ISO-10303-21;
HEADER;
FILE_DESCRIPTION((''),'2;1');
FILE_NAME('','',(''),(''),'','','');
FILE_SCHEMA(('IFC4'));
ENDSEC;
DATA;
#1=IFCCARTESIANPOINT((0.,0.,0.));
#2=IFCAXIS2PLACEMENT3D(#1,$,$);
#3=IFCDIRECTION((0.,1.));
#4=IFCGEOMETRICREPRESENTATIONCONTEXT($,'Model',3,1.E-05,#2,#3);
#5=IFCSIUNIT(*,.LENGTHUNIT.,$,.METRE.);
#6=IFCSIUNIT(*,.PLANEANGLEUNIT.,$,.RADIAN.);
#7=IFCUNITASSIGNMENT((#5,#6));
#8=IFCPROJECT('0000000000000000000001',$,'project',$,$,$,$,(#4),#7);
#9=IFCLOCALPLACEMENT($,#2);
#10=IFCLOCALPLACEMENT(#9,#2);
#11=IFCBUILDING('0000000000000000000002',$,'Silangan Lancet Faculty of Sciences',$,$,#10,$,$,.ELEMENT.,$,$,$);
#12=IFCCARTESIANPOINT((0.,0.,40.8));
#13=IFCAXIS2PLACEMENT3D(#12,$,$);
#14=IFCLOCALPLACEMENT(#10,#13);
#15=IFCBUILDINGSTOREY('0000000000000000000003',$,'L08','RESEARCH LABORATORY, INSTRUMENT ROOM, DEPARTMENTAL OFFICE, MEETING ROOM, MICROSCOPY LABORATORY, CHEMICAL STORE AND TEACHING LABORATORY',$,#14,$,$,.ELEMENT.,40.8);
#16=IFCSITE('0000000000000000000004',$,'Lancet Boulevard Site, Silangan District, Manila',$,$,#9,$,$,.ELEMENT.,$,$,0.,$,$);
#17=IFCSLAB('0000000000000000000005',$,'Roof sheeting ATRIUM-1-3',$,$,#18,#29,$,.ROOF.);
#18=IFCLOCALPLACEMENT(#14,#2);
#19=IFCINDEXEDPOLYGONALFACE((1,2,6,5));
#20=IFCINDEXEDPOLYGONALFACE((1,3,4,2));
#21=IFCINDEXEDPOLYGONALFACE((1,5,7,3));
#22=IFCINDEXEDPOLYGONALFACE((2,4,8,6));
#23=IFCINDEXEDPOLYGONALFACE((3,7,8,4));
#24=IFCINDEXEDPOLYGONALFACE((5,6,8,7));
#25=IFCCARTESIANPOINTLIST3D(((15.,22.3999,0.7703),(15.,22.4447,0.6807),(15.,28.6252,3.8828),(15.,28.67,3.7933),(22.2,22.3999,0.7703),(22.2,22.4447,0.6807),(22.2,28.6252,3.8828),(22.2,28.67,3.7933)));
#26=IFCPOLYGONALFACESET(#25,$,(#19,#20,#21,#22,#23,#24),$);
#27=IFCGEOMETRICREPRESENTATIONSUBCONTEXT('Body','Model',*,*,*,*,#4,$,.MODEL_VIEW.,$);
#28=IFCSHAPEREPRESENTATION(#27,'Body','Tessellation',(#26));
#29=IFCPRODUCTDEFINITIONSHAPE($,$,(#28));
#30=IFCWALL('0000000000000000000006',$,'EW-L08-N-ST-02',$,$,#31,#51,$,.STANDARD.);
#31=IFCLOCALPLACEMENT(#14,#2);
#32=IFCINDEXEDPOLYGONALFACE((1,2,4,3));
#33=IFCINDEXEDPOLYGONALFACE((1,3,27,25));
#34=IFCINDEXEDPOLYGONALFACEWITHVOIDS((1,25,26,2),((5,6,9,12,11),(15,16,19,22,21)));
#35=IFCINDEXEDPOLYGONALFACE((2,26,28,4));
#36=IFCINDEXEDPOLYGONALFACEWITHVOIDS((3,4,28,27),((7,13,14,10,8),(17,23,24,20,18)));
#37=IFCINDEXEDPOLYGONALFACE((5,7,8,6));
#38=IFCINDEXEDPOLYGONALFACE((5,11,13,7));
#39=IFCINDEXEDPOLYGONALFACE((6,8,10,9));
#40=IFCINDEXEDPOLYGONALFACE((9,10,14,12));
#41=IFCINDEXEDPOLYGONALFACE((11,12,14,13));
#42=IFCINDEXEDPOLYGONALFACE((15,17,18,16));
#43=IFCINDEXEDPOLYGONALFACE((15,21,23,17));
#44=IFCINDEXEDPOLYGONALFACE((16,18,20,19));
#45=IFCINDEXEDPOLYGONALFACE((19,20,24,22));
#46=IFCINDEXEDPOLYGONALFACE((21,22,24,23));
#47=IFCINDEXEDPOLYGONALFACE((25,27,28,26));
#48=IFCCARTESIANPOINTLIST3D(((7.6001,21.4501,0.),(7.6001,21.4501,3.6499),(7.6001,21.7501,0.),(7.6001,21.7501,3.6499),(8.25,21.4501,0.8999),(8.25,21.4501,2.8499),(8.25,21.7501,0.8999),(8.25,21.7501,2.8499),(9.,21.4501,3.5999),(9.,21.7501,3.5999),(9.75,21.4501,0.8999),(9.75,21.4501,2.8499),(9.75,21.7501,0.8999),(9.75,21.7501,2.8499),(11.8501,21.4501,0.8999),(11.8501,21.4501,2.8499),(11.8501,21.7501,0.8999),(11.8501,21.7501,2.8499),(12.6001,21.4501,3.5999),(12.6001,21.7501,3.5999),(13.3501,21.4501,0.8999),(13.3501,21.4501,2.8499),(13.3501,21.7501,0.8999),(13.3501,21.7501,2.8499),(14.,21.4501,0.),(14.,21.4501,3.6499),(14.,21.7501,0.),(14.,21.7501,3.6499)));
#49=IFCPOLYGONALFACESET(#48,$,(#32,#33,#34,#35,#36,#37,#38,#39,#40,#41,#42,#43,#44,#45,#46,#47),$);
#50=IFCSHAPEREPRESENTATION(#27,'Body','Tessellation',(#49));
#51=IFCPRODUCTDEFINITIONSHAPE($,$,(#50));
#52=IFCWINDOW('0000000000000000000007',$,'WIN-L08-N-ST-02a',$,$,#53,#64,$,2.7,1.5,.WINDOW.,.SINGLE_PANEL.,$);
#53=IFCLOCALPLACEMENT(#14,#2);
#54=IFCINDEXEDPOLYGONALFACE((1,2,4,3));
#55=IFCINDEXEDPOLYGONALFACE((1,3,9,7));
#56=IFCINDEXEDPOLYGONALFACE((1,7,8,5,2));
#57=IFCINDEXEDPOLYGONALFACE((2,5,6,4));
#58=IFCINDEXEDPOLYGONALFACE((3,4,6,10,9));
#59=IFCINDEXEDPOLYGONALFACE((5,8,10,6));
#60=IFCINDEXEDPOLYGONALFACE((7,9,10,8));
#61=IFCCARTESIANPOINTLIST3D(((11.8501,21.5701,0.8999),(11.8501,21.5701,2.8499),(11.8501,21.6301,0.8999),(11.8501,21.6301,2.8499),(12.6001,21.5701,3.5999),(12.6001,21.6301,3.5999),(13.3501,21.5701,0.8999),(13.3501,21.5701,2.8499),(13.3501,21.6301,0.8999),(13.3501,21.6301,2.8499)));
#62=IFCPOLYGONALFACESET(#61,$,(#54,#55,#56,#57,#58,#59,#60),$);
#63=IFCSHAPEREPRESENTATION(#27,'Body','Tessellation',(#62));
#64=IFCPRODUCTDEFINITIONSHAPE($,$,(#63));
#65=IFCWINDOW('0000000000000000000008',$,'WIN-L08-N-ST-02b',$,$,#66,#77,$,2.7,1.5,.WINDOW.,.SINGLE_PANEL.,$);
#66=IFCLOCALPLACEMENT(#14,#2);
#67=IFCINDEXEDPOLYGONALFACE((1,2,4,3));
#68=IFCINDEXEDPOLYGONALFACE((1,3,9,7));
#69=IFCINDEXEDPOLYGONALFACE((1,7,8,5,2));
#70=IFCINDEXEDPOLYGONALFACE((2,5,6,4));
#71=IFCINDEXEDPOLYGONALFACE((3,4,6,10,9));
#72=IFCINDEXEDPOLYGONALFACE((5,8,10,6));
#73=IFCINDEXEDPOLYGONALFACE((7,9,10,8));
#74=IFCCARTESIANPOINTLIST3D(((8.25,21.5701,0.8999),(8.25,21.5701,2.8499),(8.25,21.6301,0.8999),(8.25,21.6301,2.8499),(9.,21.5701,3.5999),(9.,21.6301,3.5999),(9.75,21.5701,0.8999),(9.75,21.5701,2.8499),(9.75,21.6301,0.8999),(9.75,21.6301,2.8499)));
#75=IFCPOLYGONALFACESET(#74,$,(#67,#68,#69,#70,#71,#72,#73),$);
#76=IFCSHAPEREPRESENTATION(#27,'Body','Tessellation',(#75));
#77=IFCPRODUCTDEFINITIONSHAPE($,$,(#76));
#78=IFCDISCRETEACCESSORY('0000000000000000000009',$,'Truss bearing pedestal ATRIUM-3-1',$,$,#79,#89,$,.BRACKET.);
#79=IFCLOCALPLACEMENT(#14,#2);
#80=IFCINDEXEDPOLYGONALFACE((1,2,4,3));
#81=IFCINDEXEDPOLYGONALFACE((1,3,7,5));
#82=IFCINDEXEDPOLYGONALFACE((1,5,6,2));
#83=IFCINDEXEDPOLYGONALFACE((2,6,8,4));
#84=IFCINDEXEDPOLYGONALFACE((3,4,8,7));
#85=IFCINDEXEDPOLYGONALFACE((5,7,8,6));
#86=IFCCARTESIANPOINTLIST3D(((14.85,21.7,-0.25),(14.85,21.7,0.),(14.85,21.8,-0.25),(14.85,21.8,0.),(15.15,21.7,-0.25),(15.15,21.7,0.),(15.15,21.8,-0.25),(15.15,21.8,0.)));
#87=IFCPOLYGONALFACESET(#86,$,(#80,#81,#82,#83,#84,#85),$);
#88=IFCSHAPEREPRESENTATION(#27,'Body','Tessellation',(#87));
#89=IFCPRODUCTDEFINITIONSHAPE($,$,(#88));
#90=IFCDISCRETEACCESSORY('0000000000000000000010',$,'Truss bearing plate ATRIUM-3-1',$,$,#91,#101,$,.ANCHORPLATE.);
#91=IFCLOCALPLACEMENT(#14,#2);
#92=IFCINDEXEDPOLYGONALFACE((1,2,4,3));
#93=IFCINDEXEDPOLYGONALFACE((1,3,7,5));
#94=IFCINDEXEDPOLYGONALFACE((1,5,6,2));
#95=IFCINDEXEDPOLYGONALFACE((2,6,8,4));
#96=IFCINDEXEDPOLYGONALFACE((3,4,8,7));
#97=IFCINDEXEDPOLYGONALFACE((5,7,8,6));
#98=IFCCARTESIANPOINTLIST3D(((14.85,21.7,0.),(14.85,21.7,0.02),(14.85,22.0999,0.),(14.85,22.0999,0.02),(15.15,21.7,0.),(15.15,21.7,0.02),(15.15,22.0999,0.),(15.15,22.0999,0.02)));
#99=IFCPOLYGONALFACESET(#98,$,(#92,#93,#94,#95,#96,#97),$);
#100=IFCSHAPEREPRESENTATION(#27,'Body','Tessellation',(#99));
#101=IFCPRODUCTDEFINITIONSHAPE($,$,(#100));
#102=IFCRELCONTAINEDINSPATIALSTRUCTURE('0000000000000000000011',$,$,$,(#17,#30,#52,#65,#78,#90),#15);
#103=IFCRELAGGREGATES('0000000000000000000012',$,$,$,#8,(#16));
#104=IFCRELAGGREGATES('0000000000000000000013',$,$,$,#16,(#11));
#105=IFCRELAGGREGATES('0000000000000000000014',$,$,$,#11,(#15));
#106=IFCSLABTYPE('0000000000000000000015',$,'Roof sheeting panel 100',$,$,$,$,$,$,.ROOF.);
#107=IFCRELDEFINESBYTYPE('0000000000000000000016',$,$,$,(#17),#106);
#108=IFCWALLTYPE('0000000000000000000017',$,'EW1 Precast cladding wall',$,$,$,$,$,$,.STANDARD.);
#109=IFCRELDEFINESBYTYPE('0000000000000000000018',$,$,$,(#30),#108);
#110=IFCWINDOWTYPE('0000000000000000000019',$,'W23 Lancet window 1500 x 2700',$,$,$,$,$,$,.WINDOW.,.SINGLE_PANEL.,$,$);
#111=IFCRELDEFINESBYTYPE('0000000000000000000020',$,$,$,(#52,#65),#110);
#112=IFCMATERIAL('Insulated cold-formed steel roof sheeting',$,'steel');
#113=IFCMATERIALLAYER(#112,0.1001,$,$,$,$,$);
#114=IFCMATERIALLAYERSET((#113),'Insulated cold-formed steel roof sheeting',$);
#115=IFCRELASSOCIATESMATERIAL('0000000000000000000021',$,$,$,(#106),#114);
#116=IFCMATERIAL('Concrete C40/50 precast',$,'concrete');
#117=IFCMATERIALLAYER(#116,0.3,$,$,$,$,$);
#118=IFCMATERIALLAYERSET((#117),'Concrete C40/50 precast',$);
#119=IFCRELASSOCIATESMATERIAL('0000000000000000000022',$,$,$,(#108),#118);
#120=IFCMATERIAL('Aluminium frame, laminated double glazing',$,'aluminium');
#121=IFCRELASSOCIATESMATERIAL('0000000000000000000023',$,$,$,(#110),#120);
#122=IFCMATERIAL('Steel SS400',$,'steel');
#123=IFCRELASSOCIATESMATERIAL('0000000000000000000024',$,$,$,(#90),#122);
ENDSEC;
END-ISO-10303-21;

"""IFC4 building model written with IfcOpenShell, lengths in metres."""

from ifc_helpers import new_model, si_unit, direction, frame, frame_2d, origin, origin_2d, place, context, subcontext, project, spatial, polyline, rectangle, outline, extrude, material, layer, layer_set, type_object, element, fill, save


model = new_model("IFC4")

# Units and contexts
model_context = context("Model", 3, precision=1e-05, world=origin(), true_north=direction((0.0, 1.0)))
body_context = subcontext(model_context, "Body", "Model", "MODEL_VIEW")
ifc_project = project(units=[si_unit("LENGTHUNIT", "METRE"), si_unit("PLANEANGLEUNIT", "RADIAN")], contexts=[model_context])

# Site, building, storey
site_placement = place(None, origin())
site = spatial("IfcSite", under=ifc_project, at=site_placement, Name="Lancet Boulevard Site, Silangan District, Manila", CompositionType="ELEMENT", RefElevation=0.0)
building_placement = place(site_placement, origin())
building = spatial("IfcBuilding", under=site, at=building_placement, Name="Silangan Lancet Faculty of Sciences", CompositionType="ELEMENT")
storey_placement = place(building_placement, frame((0.0, 0.0, 40.8)))
storey = spatial("IfcBuildingStorey", under=building, at=storey_placement, Name="L08", Description="RESEARCH LABORATORY, INSTRUMENT ROOM, DEPARTMENTAL OFFICE, MEETING ROOM, MICROSCOPY LABORATORY, CHEMICAL STORE AND TEACHING LABORATORY", CompositionType="ELEMENT", Elevation=40.8)

# Slab
ifc_material_1 = material(Name="Insulated cold-formed steel roof sheeting", Category="steel")
ifc_layer_1 = layer(ifc_material_1, 0.1001)
ifc_layer_set_1 = layer_set([ifc_layer_1], Name="Insulated cold-formed steel roof sheeting")
slab_type = type_object("IfcSlabType", Name="Roof sheeting panel 100", PredefinedType="ROOF", material=ifc_layer_set_1)
slab_placement = place(storey_placement, frame((15.0, 22.3999, 0.7703), z_axis=(0.0, -0.4472, 0.894434), x_axis=(1.0, 0.0, 0.0)))
element("IfcSlab", 1, at=slab_placement, inside=storey, type_object=slab_type, Name="Roof sheeting ATRIUM-1-3", PredefinedType="ROOF", context=body_context, shape_type="SweptSolid", body=[
    extrude(outline(polyline([(0.0, 0.0), (7.2, 0.0), (7.2, 6.9601), (0.0, 6.9601), (0.0, 0.0)])), origin(), (0.0, 0.0, -1.0), 0.1001),
])

# Wall, openings, windows
ifc_material_2 = material(Name="Concrete C40/50 precast", Category="concrete")
ifc_layer_2 = layer(ifc_material_2, 0.3)
ifc_layer_set_2 = layer_set([ifc_layer_2], Name="Concrete C40/50 precast")
wall_type = type_object("IfcWallType", Name="EW1 Precast cladding wall", PredefinedType="STANDARD", material=ifc_layer_set_2)
wall_placement = place(storey_placement, frame((14.0, 21.6001, 0.0), z_axis=(0.0, 0.0, 1.0), x_axis=(-1.0, 0.0, 0.0)))
wall = element("IfcWall", 2, at=wall_placement, inside=storey, type_object=wall_type, Name="EW-L08-N-ST-02", PredefinedType="STANDARD", context=body_context, shape_type="SweptSolid", body=[
    extrude(rectangle(XDim=6.3999, YDim=0.3, at=frame_2d((3.2, 0.0))), origin(), (0.0, 0.0, 1.0), 3.6499),
])
opening_1_placement = place(wall_placement, frame((0.6499, 0.0, 0.8999)))
opening_1 = element("IfcOpeningElement", 3, at=opening_1_placement, cuts=wall, PredefinedType="OPENING", context=body_context, shape_type="SweptSolid", body=[
    extrude(outline(polyline([(0.0, 0.0), (1.5, 0.0), (1.5, 1.95), (0.75, 2.7), (0.0, 1.95), (0.0, 0.0)])), frame((0.0, 0.1599, 0.0), z_axis=(0.0, -1.0, 0.0), x_axis=(1.0, 0.0, 0.0)), (0.0, 0.0, 1.0), 0.3201),
])
opening_2_placement = place(wall_placement, frame((4.25, 0.0, 0.8999)))
opening_2 = element("IfcOpeningElement", 4, at=opening_2_placement, cuts=wall, PredefinedType="OPENING", context=body_context, shape_type="SweptSolid", body=[
    extrude(outline(polyline([(0.0, 0.0), (1.5, 0.0), (1.5, 1.95), (0.75, 2.7), (0.0, 1.95), (0.0, 0.0)])), frame((0.0, 0.1599, 0.0), z_axis=(0.0, -1.0, 0.0), x_axis=(1.0, 0.0, 0.0)), (0.0, 0.0, 1.0), 0.3201),
])
ifc_material_3 = material(Name="Aluminium frame, laminated double glazing", Category="aluminium")
window_type = type_object("IfcWindowType", Name="W23 Lancet window 1500 x 2700", PartitioningType="SINGLE_PANEL", PredefinedType="WINDOW", material=ifc_material_3)
window_1_placement = place(opening_1_placement, origin())
window_1 = element("IfcWindow", 5, at=window_1_placement, inside=storey, type_object=window_type, Name="WIN-L08-N-ST-02a", OverallHeight=2.7, OverallWidth=1.5, PartitioningType="SINGLE_PANEL", PredefinedType="WINDOW", context=body_context, shape_type="SweptSolid", body=[
    extrude(outline(polyline([(0.0, 0.0), (1.5, 0.0), (1.5, 1.95), (0.75, 2.7), (0.0, 1.95), (0.0, 0.0)])), frame((0.0, 0.03, 0.0), z_axis=(0.0, -1.0, 0.0), x_axis=(1.0, 0.0, 0.0)), (0.0, 0.0, 1.0), 0.0601),
])
fill(opening_1, window_1)
window_2_placement = place(opening_2_placement, origin())
window_2 = element("IfcWindow", 6, at=window_2_placement, inside=storey, type_object=window_type, Name="WIN-L08-N-ST-02b", OverallHeight=2.7, OverallWidth=1.5, PartitioningType="SINGLE_PANEL", PredefinedType="WINDOW", context=body_context, shape_type="SweptSolid", body=[
    extrude(outline(polyline([(0.0, 0.0), (1.5, 0.0), (1.5, 1.95), (0.75, 2.7), (0.0, 1.95), (0.0, 0.0)])), frame((0.0, 0.03, 0.0), z_axis=(0.0, -1.0, 0.0), x_axis=(1.0, 0.0, 0.0)), (0.0, 0.0, 1.0), 0.0601),
])
fill(opening_2, window_2)

# Discrete accessories
discrete_accessory_1_placement = place(storey_placement, frame((15.0, 21.75, -0.25), z_axis=(0.0, 0.0, 1.0), x_axis=(1.0, 0.0, 0.0)))
element("IfcDiscreteAccessory", 7, at=discrete_accessory_1_placement, inside=storey, Name="Truss bearing pedestal ATRIUM-3-1", PredefinedType="BRACKET", context=body_context, shape_type="SweptSolid", body=[
    extrude(rectangle(XDim=0.3, YDim=0.1001, at=origin_2d()), origin(), (0.0, 0.0, 1.0), 0.25),
])
ifc_material_4 = material(Name="Steel SS400", Category="steel")
discrete_accessory_2_placement = place(storey_placement, frame((15.0, 21.8999, 0.0), z_axis=(0.0, 0.0, 1.0), x_axis=(1.0, 0.0, 0.0)))
element("IfcDiscreteAccessory", 8, at=discrete_accessory_2_placement, inside=storey, material=ifc_material_4, Name="Truss bearing plate ATRIUM-3-1", PredefinedType="ANCHORPLATE", context=body_context, shape_type="SweptSolid", body=[
    extrude(rectangle(XDim=0.3, YDim=0.3999, at=origin_2d()), origin(), (0.0, 0.0, 1.0), 0.02),
])

save(model, "model.ifc")
